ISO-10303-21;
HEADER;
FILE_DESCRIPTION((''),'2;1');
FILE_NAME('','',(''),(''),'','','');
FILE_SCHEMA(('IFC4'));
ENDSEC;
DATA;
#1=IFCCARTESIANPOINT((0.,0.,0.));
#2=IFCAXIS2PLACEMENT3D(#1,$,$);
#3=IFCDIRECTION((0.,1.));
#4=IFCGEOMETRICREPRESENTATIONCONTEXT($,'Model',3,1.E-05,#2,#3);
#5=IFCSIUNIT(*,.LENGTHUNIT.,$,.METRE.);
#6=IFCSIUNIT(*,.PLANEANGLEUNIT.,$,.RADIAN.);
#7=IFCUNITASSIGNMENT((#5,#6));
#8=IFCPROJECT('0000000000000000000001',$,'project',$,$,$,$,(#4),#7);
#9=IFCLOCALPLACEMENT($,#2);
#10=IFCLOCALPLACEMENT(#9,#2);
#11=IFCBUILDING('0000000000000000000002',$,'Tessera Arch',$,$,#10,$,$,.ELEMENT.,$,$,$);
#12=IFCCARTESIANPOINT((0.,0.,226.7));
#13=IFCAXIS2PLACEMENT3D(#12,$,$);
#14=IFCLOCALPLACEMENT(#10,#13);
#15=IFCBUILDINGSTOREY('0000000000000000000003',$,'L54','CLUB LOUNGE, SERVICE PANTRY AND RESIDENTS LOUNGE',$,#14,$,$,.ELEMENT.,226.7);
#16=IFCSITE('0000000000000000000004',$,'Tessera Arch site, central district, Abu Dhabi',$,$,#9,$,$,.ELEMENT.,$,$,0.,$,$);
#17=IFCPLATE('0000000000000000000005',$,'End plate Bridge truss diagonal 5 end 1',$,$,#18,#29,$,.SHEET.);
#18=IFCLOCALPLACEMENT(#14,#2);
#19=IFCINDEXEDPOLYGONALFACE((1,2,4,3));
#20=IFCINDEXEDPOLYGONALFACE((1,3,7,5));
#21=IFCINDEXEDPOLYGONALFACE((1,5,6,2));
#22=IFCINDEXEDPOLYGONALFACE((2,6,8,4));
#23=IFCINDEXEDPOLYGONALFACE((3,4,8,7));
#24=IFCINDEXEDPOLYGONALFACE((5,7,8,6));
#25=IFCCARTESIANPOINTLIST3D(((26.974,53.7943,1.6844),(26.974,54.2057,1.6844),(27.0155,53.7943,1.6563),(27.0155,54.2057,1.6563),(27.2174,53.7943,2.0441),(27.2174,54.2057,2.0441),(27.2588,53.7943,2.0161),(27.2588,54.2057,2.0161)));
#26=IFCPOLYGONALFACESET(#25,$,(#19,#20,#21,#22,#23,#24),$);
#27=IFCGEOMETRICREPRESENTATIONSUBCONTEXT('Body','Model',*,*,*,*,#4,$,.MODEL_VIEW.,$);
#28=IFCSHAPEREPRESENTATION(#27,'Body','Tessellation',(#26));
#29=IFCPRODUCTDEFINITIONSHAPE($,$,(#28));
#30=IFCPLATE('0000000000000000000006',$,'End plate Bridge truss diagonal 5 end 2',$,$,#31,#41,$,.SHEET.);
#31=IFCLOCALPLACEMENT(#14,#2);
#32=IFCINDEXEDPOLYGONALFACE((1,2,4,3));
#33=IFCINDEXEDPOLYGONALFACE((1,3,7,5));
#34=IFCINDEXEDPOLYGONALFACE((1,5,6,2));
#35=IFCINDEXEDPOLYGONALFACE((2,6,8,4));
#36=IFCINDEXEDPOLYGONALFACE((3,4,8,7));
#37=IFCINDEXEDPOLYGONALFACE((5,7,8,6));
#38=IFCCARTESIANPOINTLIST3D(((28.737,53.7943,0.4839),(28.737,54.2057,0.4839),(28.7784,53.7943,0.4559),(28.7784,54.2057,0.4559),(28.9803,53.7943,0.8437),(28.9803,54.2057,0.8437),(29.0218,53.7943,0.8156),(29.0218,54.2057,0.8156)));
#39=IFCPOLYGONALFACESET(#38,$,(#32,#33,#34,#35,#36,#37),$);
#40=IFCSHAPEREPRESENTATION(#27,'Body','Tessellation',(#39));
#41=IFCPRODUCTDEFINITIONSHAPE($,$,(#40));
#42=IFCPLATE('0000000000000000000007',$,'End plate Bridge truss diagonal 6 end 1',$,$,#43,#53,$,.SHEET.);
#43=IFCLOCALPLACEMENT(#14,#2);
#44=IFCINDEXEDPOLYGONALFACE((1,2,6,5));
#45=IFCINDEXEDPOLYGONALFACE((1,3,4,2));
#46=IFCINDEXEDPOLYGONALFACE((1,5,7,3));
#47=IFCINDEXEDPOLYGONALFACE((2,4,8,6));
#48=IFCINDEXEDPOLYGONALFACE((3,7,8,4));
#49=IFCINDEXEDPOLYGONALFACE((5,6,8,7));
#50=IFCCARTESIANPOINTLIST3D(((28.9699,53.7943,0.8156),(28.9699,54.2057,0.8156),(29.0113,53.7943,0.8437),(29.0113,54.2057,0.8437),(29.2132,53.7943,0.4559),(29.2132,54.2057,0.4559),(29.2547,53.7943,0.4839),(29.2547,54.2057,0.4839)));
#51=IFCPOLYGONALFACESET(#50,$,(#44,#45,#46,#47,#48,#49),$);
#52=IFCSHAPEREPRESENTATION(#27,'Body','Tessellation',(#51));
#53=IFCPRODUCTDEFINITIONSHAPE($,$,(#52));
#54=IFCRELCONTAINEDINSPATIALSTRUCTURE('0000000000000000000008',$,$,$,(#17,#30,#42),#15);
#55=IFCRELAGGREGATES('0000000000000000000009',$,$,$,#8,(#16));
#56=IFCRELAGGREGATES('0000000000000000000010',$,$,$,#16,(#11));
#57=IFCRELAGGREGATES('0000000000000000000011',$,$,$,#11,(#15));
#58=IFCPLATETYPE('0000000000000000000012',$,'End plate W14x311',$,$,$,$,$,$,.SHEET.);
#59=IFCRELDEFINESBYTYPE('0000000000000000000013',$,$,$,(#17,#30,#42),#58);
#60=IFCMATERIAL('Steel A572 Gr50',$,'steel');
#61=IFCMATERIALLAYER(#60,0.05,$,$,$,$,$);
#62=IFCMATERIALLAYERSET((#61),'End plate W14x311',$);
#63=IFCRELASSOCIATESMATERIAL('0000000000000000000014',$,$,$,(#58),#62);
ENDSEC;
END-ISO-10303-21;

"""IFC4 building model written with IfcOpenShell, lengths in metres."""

from ifc_helpers import new_model, si_unit, direction, frame, origin, origin_2d, place, context, subcontext, project, spatial, rectangle, extrude, material, layer, layer_set, type_object, element, save


model = new_model("IFC4")

# Units and contexts
model_context = context("Model", 3, precision=1e-05, world=origin(), true_north=direction((0.0, 1.0)))
body_context = subcontext(model_context, "Body", "Model", "MODEL_VIEW")
ifc_project = project(units=[si_unit("LENGTHUNIT", "METRE"), si_unit("PLANEANGLEUNIT", "RADIAN")], contexts=[model_context])

# Site, building, storey
site_placement = place(None, origin())
site = spatial("IfcSite", under=ifc_project, at=site_placement, Name="Tessera Arch site, central district, Abu Dhabi", CompositionType="ELEMENT", RefElevation=0.0)
building_placement = place(site_placement, origin())
building = spatial("IfcBuilding", under=site, at=building_placement, Name="Tessera Arch", CompositionType="ELEMENT")
storey_placement = place(building_placement, frame((0.0, 0.0, 226.7)))
storey = spatial("IfcBuildingStorey", under=building, at=storey_placement, Name="L54", Description="CLUB LOUNGE, SERVICE PANTRY AND RESIDENTS LOUNGE", CompositionType="ELEMENT", Elevation=226.7)

# Plates
ifc_material_1 = material(Name="Steel A572 Gr50", Category="steel")
ifc_layer_1 = layer(ifc_material_1, 0.05)
ifc_layer_set_1 = layer_set([ifc_layer_1], Name="End plate W14x311")
plate_type_1 = type_object("IfcPlateType", Name="End plate W14x311", PredefinedType="SHEET", material=ifc_layer_set_1)
for number, where, z_axis, x_axis, name in (
    (1, (27.0957, 54.0, 1.8643), (0.828283, 0.0, -0.560309), (0.0, 1.0, 0.0), "End plate Bridge truss diagonal 5 end 1"),
    (2, (28.8586, 54.0, 0.6638), (0.828283, 0.0, -0.560309), (0.0, 1.0, 0.0), "End plate Bridge truss diagonal 5 end 2"),
    (3, (29.0916, 54.0, 0.6357), (0.828283, 0.0, 0.560309), (0.0, 1.0, 0.0), "End plate Bridge truss diagonal 6 end 1"),
):
    element("IfcPlate", number, at=place(storey_placement, frame(where, z_axis=z_axis, x_axis=x_axis)), inside=storey, type_object=plate_type_1, Name=name, PredefinedType="SHEET", context=body_context, shape_type="SweptSolid", body=[
        extrude(rectangle(XDim=0.4114, YDim=0.4343, at=origin_2d()), origin(), (0.0, 0.0, 1.0), 0.05),
    ])

save(model, "model.ifc")
